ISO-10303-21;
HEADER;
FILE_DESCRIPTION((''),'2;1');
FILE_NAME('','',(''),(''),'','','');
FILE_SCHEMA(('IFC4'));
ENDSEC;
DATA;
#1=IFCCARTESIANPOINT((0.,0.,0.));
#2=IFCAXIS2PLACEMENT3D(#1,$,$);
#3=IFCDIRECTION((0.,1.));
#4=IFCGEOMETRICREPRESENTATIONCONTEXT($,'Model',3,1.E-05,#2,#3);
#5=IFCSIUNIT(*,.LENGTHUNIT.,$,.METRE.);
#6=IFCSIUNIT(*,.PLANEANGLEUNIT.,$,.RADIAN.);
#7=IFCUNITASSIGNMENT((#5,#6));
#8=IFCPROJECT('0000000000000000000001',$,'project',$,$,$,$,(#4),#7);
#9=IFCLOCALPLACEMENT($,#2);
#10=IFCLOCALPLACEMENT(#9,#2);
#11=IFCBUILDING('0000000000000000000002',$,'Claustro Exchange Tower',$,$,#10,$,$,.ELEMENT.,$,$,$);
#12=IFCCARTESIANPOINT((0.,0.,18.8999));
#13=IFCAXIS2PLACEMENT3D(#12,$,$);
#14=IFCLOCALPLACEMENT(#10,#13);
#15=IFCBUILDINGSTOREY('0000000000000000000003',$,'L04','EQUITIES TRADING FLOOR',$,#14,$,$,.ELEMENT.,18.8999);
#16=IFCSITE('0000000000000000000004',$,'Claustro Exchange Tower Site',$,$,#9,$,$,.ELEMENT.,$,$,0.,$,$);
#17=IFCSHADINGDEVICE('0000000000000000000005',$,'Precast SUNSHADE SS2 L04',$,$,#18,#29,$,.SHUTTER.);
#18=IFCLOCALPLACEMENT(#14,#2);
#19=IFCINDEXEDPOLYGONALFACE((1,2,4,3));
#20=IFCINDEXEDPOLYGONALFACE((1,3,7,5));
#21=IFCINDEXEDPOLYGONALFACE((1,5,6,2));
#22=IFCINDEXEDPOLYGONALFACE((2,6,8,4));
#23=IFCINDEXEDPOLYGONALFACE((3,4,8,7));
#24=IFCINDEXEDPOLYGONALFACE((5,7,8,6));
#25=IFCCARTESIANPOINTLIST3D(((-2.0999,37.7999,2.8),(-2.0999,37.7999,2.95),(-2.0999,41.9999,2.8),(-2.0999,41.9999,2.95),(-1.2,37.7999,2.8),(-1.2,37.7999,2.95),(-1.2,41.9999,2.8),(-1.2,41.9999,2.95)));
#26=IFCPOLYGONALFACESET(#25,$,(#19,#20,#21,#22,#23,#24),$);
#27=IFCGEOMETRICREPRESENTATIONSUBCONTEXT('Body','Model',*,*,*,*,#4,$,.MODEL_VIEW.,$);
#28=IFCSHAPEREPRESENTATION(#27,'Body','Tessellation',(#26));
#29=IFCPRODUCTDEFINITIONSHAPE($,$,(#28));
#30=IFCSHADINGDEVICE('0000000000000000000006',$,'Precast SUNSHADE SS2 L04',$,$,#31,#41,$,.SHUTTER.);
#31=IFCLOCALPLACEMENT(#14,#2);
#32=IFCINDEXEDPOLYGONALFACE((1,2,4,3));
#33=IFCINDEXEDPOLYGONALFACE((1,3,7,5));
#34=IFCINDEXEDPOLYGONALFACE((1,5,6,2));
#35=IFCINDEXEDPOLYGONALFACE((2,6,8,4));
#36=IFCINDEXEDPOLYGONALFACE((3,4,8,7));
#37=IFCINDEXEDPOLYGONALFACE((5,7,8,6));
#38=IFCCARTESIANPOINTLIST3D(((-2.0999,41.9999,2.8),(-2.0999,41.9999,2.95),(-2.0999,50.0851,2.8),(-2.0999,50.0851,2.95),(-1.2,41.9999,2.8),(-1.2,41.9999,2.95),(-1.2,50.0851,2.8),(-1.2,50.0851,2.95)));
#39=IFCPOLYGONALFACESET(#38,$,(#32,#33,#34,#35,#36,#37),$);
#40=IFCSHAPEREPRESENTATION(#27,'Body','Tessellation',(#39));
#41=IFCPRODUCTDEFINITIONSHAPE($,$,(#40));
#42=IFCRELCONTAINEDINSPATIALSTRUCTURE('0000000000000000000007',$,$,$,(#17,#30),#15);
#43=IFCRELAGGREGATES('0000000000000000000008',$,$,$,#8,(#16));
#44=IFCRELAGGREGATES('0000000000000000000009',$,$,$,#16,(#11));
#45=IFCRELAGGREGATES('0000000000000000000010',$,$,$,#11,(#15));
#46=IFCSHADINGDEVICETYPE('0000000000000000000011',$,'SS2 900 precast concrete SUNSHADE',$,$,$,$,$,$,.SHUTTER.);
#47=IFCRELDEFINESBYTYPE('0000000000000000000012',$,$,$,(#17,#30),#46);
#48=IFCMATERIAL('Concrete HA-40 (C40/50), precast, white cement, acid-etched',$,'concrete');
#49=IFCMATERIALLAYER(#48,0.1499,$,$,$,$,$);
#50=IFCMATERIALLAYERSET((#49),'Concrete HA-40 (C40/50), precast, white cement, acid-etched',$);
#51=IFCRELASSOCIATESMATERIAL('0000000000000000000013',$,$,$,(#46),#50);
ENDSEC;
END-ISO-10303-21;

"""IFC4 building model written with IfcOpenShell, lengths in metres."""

from ifc_helpers import new_model, si_unit, direction, frame, origin, origin_2d, place, context, subcontext, project, spatial, rectangle, extrude, material, layer, layer_set, type_object, element, save


model = new_model("IFC4")

# Units and contexts
model_context = context("Model", 3, precision=1e-05, world=origin(), true_north=direction((0.0, 1.0)))
body_context = subcontext(model_context, "Body", "Model", "MODEL_VIEW")
ifc_project = project(units=[si_unit("LENGTHUNIT", "METRE"), si_unit("PLANEANGLEUNIT", "RADIAN")], contexts=[model_context])

# Site, building, storey
site_placement = place(None, origin())
site = spatial("IfcSite", under=ifc_project, at=site_placement, Name="Claustro Exchange Tower Site", CompositionType="ELEMENT", RefElevation=0.0)
building_placement = place(site_placement, origin())
building = spatial("IfcBuilding", under=site, at=building_placement, Name="Claustro Exchange Tower", CompositionType="ELEMENT")
storey_placement = place(building_placement, frame((0.0, 0.0, 18.8999)))
storey = spatial("IfcBuildingStorey", under=building, at=storey_placement, Name="L04", Description="EQUITIES TRADING FLOOR", CompositionType="ELEMENT", Elevation=18.8999)

# Shading devices
ifc_material_1 = material(Name="Concrete HA-40 (C40/50), precast, white cement, acid-etched", Category="concrete")
ifc_layer_1 = layer(ifc_material_1, 0.1499)
ifc_layer_set_1 = layer_set([ifc_layer_1], Name="Concrete HA-40 (C40/50), precast, white cement, acid-etched")
shading_device_type = type_object("IfcShadingDeviceType", Name="SS2 900 precast concrete SUNSHADE", PredefinedType="SHUTTER", material=ifc_layer_set_1)
shading_device_1_placement = place(storey_placement, frame((-1.6499, 39.8999, 2.8), z_axis=(0.0, 0.0, 1.0), x_axis=(0.0, 1.0, 0.0)))
element("IfcShadingDevice", 1, at=shading_device_1_placement, inside=storey, type_object=shading_device_type, Name="Precast SUNSHADE SS2 L04", PredefinedType="SHUTTER", context=body_context, shape_type="SweptSolid", body=[
    extrude(rectangle(XDim=4.2, YDim=0.8999, at=origin_2d()), origin(), (0.0, 0.0, 1.0), 0.1499),
])
shading_device_2_placement = place(storey_placement, frame((-1.6499, 46.0425, 2.8), z_axis=(0.0, 0.0, 1.0), x_axis=(0.0, 1.0, 0.0)))
element("IfcShadingDevice", 2, at=shading_device_2_placement, inside=storey, type_object=shading_device_type, Name="Precast SUNSHADE SS2 L04", PredefinedType="SHUTTER", context=body_context, shape_type="SweptSolid", body=[
    extrude(rectangle(XDim=8.0852, YDim=0.8999, at=origin_2d()), origin(), (0.0, 0.0, 1.0), 0.1499),
])

save(model, "model.ifc")
